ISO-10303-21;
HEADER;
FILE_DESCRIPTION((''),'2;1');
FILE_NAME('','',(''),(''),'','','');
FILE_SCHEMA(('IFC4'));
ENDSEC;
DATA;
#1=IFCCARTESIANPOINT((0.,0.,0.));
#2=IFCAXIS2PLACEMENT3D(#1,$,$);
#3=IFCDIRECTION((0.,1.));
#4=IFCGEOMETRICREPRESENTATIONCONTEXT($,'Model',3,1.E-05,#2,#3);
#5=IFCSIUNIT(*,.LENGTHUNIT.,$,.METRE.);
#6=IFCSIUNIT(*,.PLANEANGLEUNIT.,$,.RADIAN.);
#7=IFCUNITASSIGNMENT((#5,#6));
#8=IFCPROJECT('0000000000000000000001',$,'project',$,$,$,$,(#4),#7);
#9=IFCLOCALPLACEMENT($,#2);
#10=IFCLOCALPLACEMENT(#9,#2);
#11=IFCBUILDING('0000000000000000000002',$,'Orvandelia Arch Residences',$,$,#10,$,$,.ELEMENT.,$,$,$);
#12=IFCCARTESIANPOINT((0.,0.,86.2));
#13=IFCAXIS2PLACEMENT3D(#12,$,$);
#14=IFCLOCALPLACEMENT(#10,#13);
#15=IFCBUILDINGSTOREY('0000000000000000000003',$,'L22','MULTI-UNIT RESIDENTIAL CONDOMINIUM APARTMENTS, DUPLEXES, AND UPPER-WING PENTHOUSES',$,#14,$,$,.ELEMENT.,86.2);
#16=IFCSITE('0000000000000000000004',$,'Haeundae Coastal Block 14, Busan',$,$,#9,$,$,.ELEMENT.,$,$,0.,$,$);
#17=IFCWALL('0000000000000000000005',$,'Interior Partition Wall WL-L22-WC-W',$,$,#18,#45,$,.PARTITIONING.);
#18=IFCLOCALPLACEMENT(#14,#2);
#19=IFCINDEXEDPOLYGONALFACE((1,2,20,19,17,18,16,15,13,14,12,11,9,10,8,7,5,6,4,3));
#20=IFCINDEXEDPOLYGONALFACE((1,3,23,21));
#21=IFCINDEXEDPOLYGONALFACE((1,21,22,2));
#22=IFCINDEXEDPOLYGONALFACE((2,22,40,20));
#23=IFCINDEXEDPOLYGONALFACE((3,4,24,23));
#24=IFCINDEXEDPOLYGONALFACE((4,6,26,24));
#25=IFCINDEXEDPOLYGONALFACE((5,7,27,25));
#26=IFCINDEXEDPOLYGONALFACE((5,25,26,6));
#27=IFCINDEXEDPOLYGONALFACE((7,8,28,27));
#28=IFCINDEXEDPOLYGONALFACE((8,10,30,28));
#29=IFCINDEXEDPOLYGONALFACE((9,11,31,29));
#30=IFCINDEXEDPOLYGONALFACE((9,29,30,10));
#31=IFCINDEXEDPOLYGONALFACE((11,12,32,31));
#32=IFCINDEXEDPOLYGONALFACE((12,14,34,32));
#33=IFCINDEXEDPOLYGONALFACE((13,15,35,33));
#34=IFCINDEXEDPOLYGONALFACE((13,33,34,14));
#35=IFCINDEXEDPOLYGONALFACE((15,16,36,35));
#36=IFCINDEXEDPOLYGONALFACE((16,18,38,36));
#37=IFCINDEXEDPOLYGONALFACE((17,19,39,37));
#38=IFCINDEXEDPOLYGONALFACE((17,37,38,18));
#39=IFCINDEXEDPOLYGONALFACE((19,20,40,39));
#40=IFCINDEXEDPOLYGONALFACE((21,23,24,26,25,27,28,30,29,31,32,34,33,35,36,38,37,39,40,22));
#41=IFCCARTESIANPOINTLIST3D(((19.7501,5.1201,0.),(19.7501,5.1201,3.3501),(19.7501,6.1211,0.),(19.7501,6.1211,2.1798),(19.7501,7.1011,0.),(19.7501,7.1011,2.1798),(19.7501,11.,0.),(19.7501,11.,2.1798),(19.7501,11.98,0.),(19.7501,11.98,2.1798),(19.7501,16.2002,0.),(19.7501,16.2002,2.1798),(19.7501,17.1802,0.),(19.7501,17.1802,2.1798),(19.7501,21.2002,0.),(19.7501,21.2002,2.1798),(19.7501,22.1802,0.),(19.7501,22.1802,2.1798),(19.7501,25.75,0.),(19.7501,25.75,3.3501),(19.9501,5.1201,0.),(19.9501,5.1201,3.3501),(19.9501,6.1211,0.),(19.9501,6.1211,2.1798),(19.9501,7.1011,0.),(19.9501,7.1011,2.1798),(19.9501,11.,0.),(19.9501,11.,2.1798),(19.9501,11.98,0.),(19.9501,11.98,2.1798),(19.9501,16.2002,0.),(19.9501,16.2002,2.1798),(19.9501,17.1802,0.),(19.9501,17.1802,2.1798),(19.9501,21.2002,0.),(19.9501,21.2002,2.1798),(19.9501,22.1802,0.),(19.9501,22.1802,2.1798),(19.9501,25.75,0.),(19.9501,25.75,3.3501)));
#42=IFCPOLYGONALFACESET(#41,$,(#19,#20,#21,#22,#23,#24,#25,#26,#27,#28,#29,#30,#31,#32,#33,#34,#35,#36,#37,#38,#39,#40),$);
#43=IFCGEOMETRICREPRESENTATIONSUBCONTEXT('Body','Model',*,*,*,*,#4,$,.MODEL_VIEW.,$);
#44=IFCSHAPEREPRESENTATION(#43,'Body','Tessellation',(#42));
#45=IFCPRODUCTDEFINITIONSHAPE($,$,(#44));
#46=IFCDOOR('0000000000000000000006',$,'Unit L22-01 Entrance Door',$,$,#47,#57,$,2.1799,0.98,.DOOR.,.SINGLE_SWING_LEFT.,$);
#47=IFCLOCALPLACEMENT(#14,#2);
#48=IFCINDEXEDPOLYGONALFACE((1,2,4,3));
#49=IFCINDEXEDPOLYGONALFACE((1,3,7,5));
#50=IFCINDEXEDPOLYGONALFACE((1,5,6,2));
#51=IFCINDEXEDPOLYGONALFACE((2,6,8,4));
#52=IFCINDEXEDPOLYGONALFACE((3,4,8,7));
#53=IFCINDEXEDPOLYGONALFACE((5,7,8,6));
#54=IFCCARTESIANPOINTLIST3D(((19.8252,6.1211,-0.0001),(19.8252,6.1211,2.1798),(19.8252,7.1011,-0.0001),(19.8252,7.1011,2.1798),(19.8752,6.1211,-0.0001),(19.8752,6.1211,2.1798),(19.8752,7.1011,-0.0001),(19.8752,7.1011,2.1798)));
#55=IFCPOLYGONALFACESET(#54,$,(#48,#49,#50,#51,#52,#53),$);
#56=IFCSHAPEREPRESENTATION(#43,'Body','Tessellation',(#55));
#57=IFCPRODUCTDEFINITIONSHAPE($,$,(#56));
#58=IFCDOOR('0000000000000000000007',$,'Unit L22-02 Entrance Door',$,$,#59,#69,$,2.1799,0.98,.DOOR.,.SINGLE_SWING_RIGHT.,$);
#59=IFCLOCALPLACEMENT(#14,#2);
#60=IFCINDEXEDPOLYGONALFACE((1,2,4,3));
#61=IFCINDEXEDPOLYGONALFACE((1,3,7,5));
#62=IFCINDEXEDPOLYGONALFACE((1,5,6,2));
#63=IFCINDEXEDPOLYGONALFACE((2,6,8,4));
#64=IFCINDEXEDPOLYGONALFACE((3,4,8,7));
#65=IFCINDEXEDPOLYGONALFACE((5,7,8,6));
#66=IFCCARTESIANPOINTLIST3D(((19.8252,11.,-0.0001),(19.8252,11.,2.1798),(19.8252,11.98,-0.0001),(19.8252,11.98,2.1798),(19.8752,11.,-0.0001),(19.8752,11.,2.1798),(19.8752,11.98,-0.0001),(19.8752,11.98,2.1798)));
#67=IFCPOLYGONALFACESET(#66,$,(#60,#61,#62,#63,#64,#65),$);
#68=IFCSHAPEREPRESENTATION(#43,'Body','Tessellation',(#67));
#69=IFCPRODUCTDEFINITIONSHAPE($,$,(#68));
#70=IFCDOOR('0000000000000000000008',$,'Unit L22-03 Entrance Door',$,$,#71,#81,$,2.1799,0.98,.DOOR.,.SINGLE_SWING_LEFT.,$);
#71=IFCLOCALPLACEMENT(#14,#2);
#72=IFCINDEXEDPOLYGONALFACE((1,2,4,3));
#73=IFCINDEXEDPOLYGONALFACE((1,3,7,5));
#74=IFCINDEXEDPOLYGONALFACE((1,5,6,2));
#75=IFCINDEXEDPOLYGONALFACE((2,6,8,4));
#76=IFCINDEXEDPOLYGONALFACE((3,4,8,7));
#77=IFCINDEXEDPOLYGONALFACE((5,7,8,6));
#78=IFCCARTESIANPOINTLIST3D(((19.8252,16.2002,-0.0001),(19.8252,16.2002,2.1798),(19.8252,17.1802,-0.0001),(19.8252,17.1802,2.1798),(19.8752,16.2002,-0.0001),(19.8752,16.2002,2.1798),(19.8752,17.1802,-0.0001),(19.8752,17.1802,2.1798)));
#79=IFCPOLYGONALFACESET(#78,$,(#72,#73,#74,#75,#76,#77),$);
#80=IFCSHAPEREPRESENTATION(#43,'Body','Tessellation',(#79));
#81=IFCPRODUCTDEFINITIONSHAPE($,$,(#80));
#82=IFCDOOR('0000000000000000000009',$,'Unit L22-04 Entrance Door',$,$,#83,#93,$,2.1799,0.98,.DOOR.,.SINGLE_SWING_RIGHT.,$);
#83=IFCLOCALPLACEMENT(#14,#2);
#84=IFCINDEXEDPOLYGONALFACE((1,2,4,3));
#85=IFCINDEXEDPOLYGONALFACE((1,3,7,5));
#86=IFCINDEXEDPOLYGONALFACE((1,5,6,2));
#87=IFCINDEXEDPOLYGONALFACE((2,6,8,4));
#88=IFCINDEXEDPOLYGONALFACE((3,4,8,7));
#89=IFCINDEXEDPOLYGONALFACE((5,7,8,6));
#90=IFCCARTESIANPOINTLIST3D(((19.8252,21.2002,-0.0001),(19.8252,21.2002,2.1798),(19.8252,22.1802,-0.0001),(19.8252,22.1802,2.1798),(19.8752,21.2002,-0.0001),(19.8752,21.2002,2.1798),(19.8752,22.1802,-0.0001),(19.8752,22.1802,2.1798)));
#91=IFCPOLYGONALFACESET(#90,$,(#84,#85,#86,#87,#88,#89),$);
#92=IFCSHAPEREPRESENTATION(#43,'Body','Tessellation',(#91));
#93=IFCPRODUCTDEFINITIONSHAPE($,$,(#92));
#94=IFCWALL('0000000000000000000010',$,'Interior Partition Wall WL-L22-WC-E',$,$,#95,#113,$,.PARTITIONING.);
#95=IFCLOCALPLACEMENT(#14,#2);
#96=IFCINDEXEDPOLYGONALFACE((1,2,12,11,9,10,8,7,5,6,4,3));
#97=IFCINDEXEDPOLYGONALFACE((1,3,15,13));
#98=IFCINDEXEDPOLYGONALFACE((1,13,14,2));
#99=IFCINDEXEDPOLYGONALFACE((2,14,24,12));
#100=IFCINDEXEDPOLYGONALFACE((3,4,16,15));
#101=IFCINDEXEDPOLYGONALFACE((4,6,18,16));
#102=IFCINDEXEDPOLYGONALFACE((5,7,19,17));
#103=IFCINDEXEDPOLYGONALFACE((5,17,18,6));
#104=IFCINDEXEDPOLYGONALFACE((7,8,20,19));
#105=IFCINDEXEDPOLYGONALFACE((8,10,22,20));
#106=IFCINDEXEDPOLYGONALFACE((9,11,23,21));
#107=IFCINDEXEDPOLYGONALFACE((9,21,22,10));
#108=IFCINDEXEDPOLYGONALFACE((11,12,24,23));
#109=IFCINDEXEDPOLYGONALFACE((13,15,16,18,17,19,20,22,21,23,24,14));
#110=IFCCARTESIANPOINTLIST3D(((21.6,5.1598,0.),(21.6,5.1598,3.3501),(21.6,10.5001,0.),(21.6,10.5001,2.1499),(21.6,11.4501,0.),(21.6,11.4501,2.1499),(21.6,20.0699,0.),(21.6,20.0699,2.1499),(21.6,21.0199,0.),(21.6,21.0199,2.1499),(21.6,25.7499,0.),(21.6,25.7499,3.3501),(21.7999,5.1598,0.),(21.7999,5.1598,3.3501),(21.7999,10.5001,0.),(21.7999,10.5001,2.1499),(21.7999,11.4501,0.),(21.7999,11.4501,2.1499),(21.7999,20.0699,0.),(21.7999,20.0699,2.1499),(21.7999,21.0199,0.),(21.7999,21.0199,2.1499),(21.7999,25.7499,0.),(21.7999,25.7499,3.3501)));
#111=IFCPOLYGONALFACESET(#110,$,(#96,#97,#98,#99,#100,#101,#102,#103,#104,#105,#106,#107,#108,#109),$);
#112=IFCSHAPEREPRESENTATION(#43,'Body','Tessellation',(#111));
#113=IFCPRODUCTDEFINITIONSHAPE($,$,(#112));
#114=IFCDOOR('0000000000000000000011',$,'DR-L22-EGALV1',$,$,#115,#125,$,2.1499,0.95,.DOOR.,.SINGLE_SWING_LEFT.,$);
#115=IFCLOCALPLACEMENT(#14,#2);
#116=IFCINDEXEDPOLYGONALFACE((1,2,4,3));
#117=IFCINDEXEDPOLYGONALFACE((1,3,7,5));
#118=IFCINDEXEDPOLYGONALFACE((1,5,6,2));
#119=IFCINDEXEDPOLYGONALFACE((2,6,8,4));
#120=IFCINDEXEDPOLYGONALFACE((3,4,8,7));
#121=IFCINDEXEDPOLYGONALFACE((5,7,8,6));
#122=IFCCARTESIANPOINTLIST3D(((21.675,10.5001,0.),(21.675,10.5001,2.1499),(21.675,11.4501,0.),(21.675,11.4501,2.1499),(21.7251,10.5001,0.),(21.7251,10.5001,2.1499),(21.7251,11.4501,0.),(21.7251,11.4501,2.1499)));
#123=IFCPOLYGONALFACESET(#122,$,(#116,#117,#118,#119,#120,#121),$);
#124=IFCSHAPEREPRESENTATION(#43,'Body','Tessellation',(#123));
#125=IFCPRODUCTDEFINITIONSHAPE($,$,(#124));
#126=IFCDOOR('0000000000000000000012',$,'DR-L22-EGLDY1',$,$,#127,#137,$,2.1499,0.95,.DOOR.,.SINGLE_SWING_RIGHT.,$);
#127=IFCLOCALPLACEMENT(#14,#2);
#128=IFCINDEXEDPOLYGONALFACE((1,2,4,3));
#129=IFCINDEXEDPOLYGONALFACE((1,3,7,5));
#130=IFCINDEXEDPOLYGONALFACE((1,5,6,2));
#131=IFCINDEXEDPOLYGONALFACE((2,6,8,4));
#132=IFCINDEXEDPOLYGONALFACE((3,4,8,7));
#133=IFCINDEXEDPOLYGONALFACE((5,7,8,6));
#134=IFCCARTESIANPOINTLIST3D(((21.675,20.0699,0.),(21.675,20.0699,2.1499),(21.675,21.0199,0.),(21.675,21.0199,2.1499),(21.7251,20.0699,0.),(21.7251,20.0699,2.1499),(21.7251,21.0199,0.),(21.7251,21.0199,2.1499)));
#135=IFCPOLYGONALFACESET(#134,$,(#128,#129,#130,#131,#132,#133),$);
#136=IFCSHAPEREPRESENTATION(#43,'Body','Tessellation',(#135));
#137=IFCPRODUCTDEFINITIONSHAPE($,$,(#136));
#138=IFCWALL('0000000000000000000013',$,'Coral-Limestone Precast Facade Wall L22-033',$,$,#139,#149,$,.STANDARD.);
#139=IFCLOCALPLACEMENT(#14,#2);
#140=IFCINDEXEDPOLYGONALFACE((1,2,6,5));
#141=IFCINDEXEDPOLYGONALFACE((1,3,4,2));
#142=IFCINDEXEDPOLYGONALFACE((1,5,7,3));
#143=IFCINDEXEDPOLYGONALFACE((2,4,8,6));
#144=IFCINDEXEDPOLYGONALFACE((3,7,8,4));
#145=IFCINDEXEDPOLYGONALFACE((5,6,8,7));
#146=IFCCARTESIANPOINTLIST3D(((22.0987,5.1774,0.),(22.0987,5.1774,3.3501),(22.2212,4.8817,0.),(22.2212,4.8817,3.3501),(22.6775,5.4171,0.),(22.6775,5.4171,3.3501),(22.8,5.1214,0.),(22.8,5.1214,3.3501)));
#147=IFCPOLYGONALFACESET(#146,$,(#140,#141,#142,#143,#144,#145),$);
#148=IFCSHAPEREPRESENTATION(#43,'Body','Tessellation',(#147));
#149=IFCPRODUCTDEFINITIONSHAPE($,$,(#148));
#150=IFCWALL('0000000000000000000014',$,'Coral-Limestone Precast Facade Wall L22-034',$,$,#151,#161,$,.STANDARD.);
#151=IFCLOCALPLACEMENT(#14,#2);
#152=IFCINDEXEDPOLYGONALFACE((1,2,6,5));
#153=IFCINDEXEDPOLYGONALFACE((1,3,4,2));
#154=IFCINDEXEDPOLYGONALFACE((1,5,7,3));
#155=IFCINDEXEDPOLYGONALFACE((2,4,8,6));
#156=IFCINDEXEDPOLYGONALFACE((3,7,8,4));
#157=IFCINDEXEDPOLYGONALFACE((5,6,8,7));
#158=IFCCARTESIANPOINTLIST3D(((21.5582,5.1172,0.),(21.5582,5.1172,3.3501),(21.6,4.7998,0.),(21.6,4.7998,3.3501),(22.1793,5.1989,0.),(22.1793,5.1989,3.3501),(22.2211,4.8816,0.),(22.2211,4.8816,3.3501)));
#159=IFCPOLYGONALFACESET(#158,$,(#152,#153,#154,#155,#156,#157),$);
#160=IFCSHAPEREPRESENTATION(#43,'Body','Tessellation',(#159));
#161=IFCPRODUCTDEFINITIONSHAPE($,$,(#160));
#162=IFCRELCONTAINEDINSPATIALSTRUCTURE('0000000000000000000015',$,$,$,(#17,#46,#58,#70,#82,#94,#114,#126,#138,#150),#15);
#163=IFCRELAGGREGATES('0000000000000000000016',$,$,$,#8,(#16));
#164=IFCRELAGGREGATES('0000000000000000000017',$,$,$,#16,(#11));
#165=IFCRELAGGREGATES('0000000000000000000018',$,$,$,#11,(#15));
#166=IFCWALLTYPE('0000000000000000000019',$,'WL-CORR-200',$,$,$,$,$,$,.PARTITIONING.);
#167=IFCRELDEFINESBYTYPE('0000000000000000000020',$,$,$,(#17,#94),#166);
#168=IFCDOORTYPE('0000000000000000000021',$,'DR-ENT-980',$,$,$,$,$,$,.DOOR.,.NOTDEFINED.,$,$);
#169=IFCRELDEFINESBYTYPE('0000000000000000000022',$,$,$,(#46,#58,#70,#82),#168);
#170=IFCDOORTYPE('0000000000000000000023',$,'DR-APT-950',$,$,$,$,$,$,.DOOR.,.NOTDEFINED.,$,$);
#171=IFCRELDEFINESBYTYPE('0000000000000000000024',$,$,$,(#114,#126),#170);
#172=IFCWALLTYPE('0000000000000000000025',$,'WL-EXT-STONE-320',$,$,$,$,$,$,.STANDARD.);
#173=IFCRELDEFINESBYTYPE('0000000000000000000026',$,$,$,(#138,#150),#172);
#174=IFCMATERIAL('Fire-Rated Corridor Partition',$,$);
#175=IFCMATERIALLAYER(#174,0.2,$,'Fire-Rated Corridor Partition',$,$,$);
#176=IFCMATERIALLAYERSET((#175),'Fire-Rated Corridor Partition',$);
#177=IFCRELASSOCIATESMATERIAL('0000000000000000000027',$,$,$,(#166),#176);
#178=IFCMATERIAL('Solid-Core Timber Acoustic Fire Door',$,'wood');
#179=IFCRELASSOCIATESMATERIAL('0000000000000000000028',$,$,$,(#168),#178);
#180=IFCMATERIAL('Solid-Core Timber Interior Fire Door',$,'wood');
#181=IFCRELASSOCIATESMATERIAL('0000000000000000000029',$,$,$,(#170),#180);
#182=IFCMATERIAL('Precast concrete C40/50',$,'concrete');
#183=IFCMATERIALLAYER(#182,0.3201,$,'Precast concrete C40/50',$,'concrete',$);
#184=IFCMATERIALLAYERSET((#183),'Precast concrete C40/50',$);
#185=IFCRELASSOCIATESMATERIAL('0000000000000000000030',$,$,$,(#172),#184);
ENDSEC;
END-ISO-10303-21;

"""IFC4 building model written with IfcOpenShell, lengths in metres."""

from ifc_helpers import new_model, si_unit, direction, frame, frame_2d, origin, place, context, subcontext, project, spatial, rectangle, extrude, material, layer, layer_set, type_object, element, fill, save


model = new_model("IFC4")

# Units and contexts
model_context = context("Model", 3, precision=1e-05, world=origin(), true_north=direction((0.0, 1.0)))
body_context = subcontext(model_context, "Body", "Model", "MODEL_VIEW")
ifc_project = project(units=[si_unit("LENGTHUNIT", "METRE"), si_unit("PLANEANGLEUNIT", "RADIAN")], contexts=[model_context])

# Site, building, storey
site_placement = place(None, origin())
site = spatial("IfcSite", under=ifc_project, at=site_placement, Name="Haeundae Coastal Block 14, Busan", CompositionType="ELEMENT", RefElevation=0.0)
building_placement = place(site_placement, origin())
building = spatial("IfcBuilding", under=site, at=building_placement, Name="Orvandelia Arch Residences", CompositionType="ELEMENT")
storey_placement = place(building_placement, frame((0.0, 0.0, 86.2)))
storey = spatial("IfcBuildingStorey", under=building, at=storey_placement, Name="L22", Description="MULTI-UNIT RESIDENTIAL CONDOMINIUM APARTMENTS, DUPLEXES, AND UPPER-WING PENTHOUSES", CompositionType="ELEMENT", Elevation=86.2)

# Walls, openings, doors
ifc_material_1 = material(Name="Fire-Rated Corridor Partition")
ifc_layer_1 = layer(ifc_material_1, 0.2, Name="Fire-Rated Corridor Partition")
ifc_layer_set_1 = layer_set([ifc_layer_1], Name="Fire-Rated Corridor Partition")
wall_type_1 = type_object("IfcWallType", Name="WL-CORR-200", PredefinedType="PARTITIONING", material=ifc_layer_set_1)
wall_1_placement = place(storey_placement, frame((19.8501, 5.1201, 0.0), z_axis=(0.0, 0.0, 1.0), x_axis=(0.0, 1.0, 0.0)))
wall_1 = element("IfcWall", 1, at=wall_1_placement, inside=storey, type_object=wall_type_1, Name="Interior Partition Wall WL-L22-WC-W", PredefinedType="PARTITIONING", context=body_context, shape_type="SweptSolid", body=[
    extrude(rectangle(XDim=20.6299, YDim=0.2, at=frame_2d((10.3149, 0.0))), origin(), (0.0, 0.0, 1.0), 3.3501),
])
opening_1_placement = place(wall_1_placement, frame((1.001, 0.0, 0.0)))
opening_1 = element("IfcOpeningElement", 2, at=opening_1_placement, cuts=wall_1, PredefinedType="OPENING", context=body_context, shape_type="SweptSolid", body=[
    extrude(rectangle(XDim=0.98, YDim=2.1799, at=frame_2d((0.49, 1.0898))), frame((0.0, 0.1099, 0.0), z_axis=(0.0, -1.0, 0.0), x_axis=(1.0, 0.0, 0.0)), (0.0, 0.0, 1.0), 0.22),
])
opening_2_placement = place(wall_1_placement, frame((5.8799, 0.0, 0.0)))
opening_2 = element("IfcOpeningElement", 3, at=opening_2_placement, cuts=wall_1, PredefinedType="OPENING", context=body_context, shape_type="SweptSolid", body=[
    extrude(rectangle(XDim=0.98, YDim=2.1799, at=frame_2d((0.49, 1.0898))), frame((0.0, 0.1099, 0.0), z_axis=(0.0, -1.0, 0.0), x_axis=(1.0, 0.0, 0.0)), (0.0, 0.0, 1.0), 0.22),
])
opening_3_placement = place(wall_1_placement, frame((11.0801, 0.0, 0.0)))
opening_3 = element("IfcOpeningElement", 4, at=opening_3_placement, cuts=wall_1, PredefinedType="OPENING", context=body_context, shape_type="SweptSolid", body=[
    extrude(rectangle(XDim=0.98, YDim=2.1799, at=frame_2d((0.49, 1.0898))), frame((0.0, 0.1099, 0.0), z_axis=(0.0, -1.0, 0.0), x_axis=(1.0, 0.0, 0.0)), (0.0, 0.0, 1.0), 0.22),
])
opening_4_placement = place(wall_1_placement, frame((16.0801, 0.0, 0.0)))
opening_4 = element("IfcOpeningElement", 5, at=opening_4_placement, cuts=wall_1, PredefinedType="OPENING", context=body_context, shape_type="SweptSolid", body=[
    extrude(rectangle(XDim=0.98, YDim=2.1799, at=frame_2d((0.49, 1.0898))), frame((0.0, 0.1099, 0.0), z_axis=(0.0, -1.0, 0.0), x_axis=(1.0, 0.0, 0.0)), (0.0, 0.0, 1.0), 0.22),
])
ifc_material_2 = material(Name="Solid-Core Timber Acoustic Fire Door", Category="wood")
door_type_1 = type_object("IfcDoorType", Name="DR-ENT-980", OperationType="NOTDEFINED", PredefinedType="DOOR", material=ifc_material_2)
door_1_placement = place(opening_1_placement, origin())
door_1 = element("IfcDoor", 6, at=door_1_placement, inside=storey, type_object=door_type_1, Name="Unit L22-01 Entrance Door", OperationType="SINGLE_SWING_LEFT", OverallHeight=2.1799, OverallWidth=0.98, PredefinedType="DOOR", context=body_context, shape_type="SweptSolid", body=[
    extrude(rectangle(XDim=0.98, YDim=2.1799, at=frame_2d((0.49, 1.0898))), frame((0.0, 0.0249, 0.0), z_axis=(0.0, -1.0, 0.0), x_axis=(1.0, 0.0, 0.0)), (0.0, 0.0, 1.0), 0.05),
])
fill(opening_1, door_1)
door_2_placement = place(opening_2_placement, origin())
door_2 = element("IfcDoor", 7, at=door_2_placement, inside=storey, type_object=door_type_1, Name="Unit L22-02 Entrance Door", OperationType="SINGLE_SWING_RIGHT", OverallHeight=2.1799, OverallWidth=0.98, PredefinedType="DOOR", context=body_context, shape_type="SweptSolid", body=[
    extrude(rectangle(XDim=0.98, YDim=2.1799, at=frame_2d((0.49, 1.0898))), frame((0.0, 0.0249, 0.0), z_axis=(0.0, -1.0, 0.0), x_axis=(1.0, 0.0, 0.0)), (0.0, 0.0, 1.0), 0.05),
])
fill(opening_2, door_2)
door_3_placement = place(opening_3_placement, origin())
door_3 = element("IfcDoor", 8, at=door_3_placement, inside=storey, type_object=door_type_1, Name="Unit L22-03 Entrance Door", OperationType="SINGLE_SWING_LEFT", OverallHeight=2.1799, OverallWidth=0.98, PredefinedType="DOOR", context=body_context, shape_type="SweptSolid", body=[
    extrude(rectangle(XDim=0.98, YDim=2.1799, at=frame_2d((0.49, 1.0898))), frame((0.0, 0.0249, 0.0), z_axis=(0.0, -1.0, 0.0), x_axis=(1.0, 0.0, 0.0)), (0.0, 0.0, 1.0), 0.05),
])
fill(opening_3, door_3)
door_4_placement = place(opening_4_placement, origin())
door_4 = element("IfcDoor", 9, at=door_4_placement, inside=storey, type_object=door_type_1, Name="Unit L22-04 Entrance Door", OperationType="SINGLE_SWING_RIGHT", OverallHeight=2.1799, OverallWidth=0.98, PredefinedType="DOOR", context=body_context, shape_type="SweptSolid", body=[
    extrude(rectangle(XDim=0.98, YDim=2.1799, at=frame_2d((0.49, 1.0898))), frame((0.0, 0.0249, 0.0), z_axis=(0.0, -1.0, 0.0), x_axis=(1.0, 0.0, 0.0)), (0.0, 0.0, 1.0), 0.05),
])
fill(opening_4, door_4)
wall_2_placement = place(storey_placement, frame((21.7, 5.1599, 0.0), z_axis=(0.0, 0.0, 1.0), x_axis=(0.0, 1.0, 0.0)))
wall_2 = element("IfcWall", 10, at=wall_2_placement, inside=storey, type_object=wall_type_1, Name="Interior Partition Wall WL-L22-WC-E", PredefinedType="PARTITIONING", context=body_context, shape_type="SweptSolid", body=[
    extrude(rectangle(XDim=20.5901, YDim=0.2, at=frame_2d((10.2949, 0.0))), origin(), (0.0, 0.0, 1.0), 3.3501),
])
opening_5_placement = place(wall_2_placement, frame((5.3401, 0.0, 0.0)))
opening_5 = element("IfcOpeningElement", 11, at=opening_5_placement, cuts=wall_2, PredefinedType="OPENING", context=body_context, shape_type="SweptSolid", body=[
    extrude(rectangle(XDim=0.95, YDim=2.1499, at=frame_2d((0.4751, 1.075))), frame((0.0, 0.1099, 0.0), z_axis=(0.0, -1.0, 0.0), x_axis=(1.0, 0.0, 0.0)), (0.0, 0.0, 1.0), 0.22),
])
opening_6_placement = place(wall_2_placement, frame((14.9099, 0.0, 0.0)))
opening_6 = element("IfcOpeningElement", 12, at=opening_6_placement, cuts=wall_2, PredefinedType="OPENING", context=body_context, shape_type="SweptSolid", body=[
    extrude(rectangle(XDim=0.95, YDim=2.1499, at=frame_2d((0.4751, 1.075))), frame((0.0, 0.1099, 0.0), z_axis=(0.0, -1.0, 0.0), x_axis=(1.0, 0.0, 0.0)), (0.0, 0.0, 1.0), 0.22),
])
ifc_material_3 = material(Name="Solid-Core Timber Interior Fire Door", Category="wood")
door_type_2 = type_object("IfcDoorType", Name="DR-APT-950", OperationType="NOTDEFINED", PredefinedType="DOOR", material=ifc_material_3)
door_5_placement = place(opening_5_placement, origin())
door_5 = element("IfcDoor", 13, at=door_5_placement, inside=storey, type_object=door_type_2, Name="DR-L22-EGALV1", OperationType="SINGLE_SWING_LEFT", OverallHeight=2.1499, OverallWidth=0.95, PredefinedType="DOOR", context=body_context, shape_type="SweptSolid", body=[
    extrude(rectangle(XDim=0.95, YDim=2.1499, at=frame_2d((0.4751, 1.075))), frame((0.0, 0.0249, 0.0), z_axis=(0.0, -1.0, 0.0), x_axis=(1.0, 0.0, 0.0)), (0.0, 0.0, 1.0), 0.05),
])
fill(opening_5, door_5)
door_6_placement = place(opening_6_placement, origin())
door_6 = element("IfcDoor", 14, at=door_6_placement, inside=storey, type_object=door_type_2, Name="DR-L22-EGLDY1", OperationType="SINGLE_SWING_RIGHT", OverallHeight=2.1499, OverallWidth=0.95, PredefinedType="DOOR", context=body_context, shape_type="SweptSolid", body=[
    extrude(rectangle(XDim=0.95, YDim=2.1499, at=frame_2d((0.4751, 1.075))), frame((0.0, 0.0249, 0.0), z_axis=(0.0, -1.0, 0.0), x_axis=(1.0, 0.0, 0.0)), (0.0, 0.0, 1.0), 0.05),
])
fill(opening_6, door_6)

# Walls
ifc_material_4 = material(Name="Precast concrete C40/50", Category="concrete")
ifc_layer_2 = layer(ifc_material_4, 0.3201, Name="Precast concrete C40/50", Category="concrete")
ifc_layer_set_2 = layer_set([ifc_layer_2], Name="Precast concrete C40/50")
wall_type_2 = type_object("IfcWallType", Name="WL-EXT-STONE-320", PredefinedType="STANDARD", material=ifc_layer_set_2)
for number, where, z_axis, x_axis, name in (
    (15, (22.7388, 5.2693, 0.0), (0.0, 0.0, 1.0), (-0.923893, -0.38265, 0.0), "Coral-Limestone Precast Facade Wall L22-033"),
    (16, (22.2002, 5.0403, 0.0), (0.0, 0.0, 1.0), (-0.991441, -0.130555, 0.0), "Coral-Limestone Precast Facade Wall L22-034"),
):
    element("IfcWall", number, at=place(storey_placement, frame(where, z_axis=z_axis, x_axis=x_axis)), inside=storey, type_object=wall_type_2, Name=name, PredefinedType="STANDARD", context=body_context, shape_type="SweptSolid", body=[
        extrude(rectangle(XDim=0.6265, YDim=0.3201, at=frame_2d((0.3132, 0.0))), origin(), (0.0, 0.0, 1.0), 3.3501),
    ])

save(model, "model.ifc")
